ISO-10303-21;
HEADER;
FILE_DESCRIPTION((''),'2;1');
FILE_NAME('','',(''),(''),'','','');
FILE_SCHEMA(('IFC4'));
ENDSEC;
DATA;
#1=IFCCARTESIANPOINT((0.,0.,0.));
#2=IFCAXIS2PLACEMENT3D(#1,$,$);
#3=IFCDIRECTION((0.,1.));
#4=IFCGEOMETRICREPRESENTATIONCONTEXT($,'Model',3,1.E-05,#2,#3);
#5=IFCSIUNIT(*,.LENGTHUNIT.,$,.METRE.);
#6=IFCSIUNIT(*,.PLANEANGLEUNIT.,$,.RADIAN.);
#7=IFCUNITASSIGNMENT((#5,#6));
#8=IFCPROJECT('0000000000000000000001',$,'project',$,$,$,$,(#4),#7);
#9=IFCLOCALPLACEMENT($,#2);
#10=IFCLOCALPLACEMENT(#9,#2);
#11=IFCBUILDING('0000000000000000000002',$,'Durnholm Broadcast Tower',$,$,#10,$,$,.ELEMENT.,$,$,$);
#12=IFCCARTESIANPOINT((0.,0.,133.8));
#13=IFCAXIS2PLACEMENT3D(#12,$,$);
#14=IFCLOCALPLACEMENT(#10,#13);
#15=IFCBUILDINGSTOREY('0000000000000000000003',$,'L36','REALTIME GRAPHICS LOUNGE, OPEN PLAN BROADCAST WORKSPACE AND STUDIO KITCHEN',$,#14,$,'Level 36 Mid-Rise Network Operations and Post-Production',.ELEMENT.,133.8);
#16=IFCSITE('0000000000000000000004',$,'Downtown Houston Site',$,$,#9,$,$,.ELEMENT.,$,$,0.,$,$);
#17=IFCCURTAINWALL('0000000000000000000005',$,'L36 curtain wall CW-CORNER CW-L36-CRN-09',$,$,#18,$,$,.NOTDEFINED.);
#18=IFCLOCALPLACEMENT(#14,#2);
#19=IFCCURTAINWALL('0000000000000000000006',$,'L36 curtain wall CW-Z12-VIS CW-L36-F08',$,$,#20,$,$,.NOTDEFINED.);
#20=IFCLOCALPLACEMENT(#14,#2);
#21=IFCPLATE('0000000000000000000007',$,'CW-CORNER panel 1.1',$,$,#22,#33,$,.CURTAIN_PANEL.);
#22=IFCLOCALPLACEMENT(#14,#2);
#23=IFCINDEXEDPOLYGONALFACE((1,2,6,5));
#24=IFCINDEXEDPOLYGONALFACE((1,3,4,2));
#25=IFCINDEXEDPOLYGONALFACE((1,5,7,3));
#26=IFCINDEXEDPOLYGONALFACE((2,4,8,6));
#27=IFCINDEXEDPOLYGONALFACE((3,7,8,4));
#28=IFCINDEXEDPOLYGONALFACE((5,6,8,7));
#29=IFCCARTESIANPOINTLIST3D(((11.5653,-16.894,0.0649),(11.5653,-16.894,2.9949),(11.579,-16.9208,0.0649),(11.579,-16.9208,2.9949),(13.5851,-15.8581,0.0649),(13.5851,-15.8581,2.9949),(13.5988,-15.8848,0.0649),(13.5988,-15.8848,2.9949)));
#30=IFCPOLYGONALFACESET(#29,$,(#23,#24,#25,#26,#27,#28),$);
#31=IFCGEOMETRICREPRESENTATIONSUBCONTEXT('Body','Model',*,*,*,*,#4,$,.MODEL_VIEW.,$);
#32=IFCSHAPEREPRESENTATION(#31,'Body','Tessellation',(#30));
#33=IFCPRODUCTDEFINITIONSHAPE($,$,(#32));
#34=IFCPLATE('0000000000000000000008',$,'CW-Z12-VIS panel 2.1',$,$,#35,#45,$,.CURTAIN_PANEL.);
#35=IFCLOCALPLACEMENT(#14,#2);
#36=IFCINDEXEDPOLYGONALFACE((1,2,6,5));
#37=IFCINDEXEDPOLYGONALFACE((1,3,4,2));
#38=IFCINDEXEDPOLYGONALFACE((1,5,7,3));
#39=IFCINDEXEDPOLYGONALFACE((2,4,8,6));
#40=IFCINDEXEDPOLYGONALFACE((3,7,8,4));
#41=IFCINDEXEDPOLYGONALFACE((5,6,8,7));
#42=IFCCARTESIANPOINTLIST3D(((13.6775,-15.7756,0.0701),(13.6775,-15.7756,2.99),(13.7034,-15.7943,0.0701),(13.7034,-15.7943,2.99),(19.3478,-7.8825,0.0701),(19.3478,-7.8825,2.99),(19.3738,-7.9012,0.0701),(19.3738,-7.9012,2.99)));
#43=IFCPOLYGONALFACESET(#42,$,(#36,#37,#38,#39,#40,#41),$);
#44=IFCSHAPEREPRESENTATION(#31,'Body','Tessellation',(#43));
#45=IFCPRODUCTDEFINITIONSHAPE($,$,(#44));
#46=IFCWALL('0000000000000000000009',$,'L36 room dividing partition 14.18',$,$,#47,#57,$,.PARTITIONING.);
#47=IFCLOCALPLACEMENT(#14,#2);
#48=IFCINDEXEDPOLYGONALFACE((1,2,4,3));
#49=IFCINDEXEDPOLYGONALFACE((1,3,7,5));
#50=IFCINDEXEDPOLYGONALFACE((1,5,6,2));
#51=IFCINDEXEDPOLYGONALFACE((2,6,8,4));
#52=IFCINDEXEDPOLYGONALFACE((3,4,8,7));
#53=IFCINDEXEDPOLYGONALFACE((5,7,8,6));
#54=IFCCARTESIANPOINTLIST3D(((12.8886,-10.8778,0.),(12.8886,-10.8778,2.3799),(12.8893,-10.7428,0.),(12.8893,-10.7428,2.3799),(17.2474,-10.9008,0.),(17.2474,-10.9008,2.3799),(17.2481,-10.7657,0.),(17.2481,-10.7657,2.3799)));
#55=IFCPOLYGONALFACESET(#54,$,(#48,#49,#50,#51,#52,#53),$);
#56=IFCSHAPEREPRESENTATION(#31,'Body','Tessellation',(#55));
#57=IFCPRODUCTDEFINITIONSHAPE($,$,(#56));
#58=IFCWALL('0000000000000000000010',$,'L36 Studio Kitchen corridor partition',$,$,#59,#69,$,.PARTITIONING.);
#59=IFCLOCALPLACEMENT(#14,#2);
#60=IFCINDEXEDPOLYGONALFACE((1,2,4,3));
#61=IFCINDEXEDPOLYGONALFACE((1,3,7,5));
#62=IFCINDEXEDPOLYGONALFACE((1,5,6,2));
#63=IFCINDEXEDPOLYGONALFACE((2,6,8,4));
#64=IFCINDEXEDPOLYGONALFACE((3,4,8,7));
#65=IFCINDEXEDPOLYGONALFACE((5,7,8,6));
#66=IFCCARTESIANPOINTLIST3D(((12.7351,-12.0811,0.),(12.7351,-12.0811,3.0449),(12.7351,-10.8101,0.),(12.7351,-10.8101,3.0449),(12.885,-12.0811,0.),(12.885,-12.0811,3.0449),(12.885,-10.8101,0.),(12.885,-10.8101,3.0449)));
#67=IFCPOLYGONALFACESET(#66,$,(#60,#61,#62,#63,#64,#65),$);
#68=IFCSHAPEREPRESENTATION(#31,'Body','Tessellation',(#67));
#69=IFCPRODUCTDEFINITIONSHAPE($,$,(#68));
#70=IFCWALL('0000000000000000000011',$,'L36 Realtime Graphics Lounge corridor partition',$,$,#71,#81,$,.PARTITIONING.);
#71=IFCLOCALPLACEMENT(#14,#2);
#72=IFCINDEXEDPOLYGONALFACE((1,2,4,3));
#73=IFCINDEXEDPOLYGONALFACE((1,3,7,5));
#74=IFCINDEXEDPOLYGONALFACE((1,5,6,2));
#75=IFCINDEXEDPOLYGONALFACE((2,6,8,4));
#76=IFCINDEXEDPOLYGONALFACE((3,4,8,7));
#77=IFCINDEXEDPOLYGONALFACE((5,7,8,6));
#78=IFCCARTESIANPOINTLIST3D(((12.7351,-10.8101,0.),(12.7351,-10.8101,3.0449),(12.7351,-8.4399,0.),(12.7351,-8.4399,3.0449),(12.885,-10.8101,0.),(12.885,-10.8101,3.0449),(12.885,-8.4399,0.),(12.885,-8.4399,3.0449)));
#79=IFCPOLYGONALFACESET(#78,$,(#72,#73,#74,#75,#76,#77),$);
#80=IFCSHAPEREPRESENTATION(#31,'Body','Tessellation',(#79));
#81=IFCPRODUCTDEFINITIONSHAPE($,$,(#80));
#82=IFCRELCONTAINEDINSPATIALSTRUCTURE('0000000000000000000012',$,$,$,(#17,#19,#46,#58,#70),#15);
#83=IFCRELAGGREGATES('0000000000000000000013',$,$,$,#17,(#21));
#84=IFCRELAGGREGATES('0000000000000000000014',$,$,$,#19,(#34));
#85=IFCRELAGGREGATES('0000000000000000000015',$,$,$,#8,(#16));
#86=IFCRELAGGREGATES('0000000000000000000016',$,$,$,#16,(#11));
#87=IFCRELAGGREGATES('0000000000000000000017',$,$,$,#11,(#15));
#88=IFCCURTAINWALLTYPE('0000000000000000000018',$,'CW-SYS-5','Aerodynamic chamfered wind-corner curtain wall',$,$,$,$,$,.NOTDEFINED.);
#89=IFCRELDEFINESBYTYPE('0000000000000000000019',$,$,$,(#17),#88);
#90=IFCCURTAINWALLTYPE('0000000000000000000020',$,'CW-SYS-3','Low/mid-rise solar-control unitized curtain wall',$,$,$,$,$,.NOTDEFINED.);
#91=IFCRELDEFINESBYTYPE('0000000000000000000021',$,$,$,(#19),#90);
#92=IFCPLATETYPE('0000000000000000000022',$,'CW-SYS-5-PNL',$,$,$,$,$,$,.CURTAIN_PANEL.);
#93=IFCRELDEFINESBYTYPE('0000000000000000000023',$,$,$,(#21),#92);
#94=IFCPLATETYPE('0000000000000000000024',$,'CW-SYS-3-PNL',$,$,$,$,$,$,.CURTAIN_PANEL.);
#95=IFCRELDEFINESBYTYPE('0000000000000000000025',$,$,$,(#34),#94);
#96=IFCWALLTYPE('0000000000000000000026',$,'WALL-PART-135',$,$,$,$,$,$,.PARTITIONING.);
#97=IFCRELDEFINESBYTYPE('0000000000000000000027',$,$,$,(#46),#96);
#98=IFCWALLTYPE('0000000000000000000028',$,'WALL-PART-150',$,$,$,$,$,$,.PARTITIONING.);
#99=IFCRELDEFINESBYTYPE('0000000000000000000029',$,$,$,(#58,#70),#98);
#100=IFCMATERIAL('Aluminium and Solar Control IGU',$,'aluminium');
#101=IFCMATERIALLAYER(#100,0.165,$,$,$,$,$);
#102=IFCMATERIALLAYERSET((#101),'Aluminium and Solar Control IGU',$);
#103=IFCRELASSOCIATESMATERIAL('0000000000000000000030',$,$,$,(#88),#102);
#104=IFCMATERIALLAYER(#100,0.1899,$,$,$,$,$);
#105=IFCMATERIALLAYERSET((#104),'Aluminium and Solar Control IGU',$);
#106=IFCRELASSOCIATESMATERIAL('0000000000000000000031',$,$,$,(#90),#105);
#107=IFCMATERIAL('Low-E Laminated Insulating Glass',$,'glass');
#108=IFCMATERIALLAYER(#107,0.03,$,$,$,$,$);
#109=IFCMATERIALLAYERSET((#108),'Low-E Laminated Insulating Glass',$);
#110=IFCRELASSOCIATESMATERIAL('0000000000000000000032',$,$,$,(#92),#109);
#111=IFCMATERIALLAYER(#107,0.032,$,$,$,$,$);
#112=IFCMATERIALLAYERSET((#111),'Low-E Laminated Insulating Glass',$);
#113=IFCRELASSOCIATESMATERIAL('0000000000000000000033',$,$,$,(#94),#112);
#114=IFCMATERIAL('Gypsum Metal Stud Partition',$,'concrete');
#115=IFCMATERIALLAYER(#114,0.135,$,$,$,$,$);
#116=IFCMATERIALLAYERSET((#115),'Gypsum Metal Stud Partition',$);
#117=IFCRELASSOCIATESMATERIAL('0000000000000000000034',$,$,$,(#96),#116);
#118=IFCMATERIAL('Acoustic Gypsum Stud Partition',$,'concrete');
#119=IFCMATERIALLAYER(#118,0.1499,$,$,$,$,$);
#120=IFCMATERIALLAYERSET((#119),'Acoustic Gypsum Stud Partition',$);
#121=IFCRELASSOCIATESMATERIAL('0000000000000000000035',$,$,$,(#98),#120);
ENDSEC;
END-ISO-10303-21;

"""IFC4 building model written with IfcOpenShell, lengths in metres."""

from ifc_helpers import new_model, si_unit, direction, frame, frame_2d, origin, origin_2d, place, context, subcontext, project, spatial, rectangle, extrude, source, transform, mapped, material, layer, layer_set, type_object, type_shapes, element, aggregate, save


model = new_model("IFC4")

# Units and contexts
model_context = context("Model", 3, precision=1e-05, world=origin(), true_north=direction((0.0, 1.0)))
body_context = subcontext(model_context, "Body", "Model", "MODEL_VIEW")
ifc_project = project(units=[si_unit("LENGTHUNIT", "METRE"), si_unit("PLANEANGLEUNIT", "RADIAN")], contexts=[model_context])

# Site, building, storey
site_placement = place(None, origin())
site = spatial("IfcSite", under=ifc_project, at=site_placement, Name="Downtown Houston Site", CompositionType="ELEMENT", RefElevation=0.0)
building_placement = place(site_placement, origin())
building = spatial("IfcBuilding", under=site, at=building_placement, Name="Durnholm Broadcast Tower", CompositionType="ELEMENT")
storey_placement = place(building_placement, frame((0.0, 0.0, 133.8)))
storey = spatial("IfcBuildingStorey", under=building, at=storey_placement, Name="L36", Description="REALTIME GRAPHICS LOUNGE, OPEN PLAN BROADCAST WORKSPACE AND STUDIO KITCHEN", LongName="Level 36 Mid-Rise Network Operations and Post-Production", CompositionType="ELEMENT", Elevation=133.8)

# Curtain wall
ifc_material_1 = material(Name="Aluminium and Solar Control IGU", Category="aluminium")
ifc_layer_1 = layer(ifc_material_1, 0.165)
ifc_layer_set_1 = layer_set([ifc_layer_1], Name="Aluminium and Solar Control IGU")
curtain_wall_type_1 = type_object("IfcCurtainWallType", Name="CW-SYS-5", Description="Aerodynamic chamfered wind-corner curtain wall", PredefinedType="NOTDEFINED", material=ifc_layer_set_1)
curtain_wall_1_placement = place(storey_placement, origin())
curtain_wall_1 = element("IfcCurtainWall", 1, at=curtain_wall_1_placement, inside=storey, type_object=curtain_wall_type_1, Name="L36 curtain wall CW-CORNER CW-L36-CRN-09", PredefinedType="NOTDEFINED")

# Curtain wall
ifc_layer_2 = layer(ifc_material_1, 0.1899)
ifc_layer_set_2 = layer_set([ifc_layer_2], Name="Aluminium and Solar Control IGU")
curtain_wall_type_2 = type_object("IfcCurtainWallType", Name="CW-SYS-3", Description="Low/mid-rise solar-control unitized curtain wall", PredefinedType="NOTDEFINED", material=ifc_layer_set_2)
curtain_wall_2_placement = place(storey_placement, origin())
curtain_wall_2 = element("IfcCurtainWall", 2, at=curtain_wall_2_placement, inside=storey, type_object=curtain_wall_type_2, Name="L36 curtain wall CW-Z12-VIS CW-L36-F08", PredefinedType="NOTDEFINED")

# Plates
ifc_material_2 = material(Name="Low-E Laminated Insulating Glass", Category="glass")
ifc_layer_3 = layer(ifc_material_2, 0.03)
ifc_layer_set_3 = layer_set([ifc_layer_3], Name="Low-E Laminated Insulating Glass")
plate_type_1 = type_object("IfcPlateType", Name="CW-SYS-5-PNL", PredefinedType="CURTAIN_PANEL", material=ifc_layer_set_3)
shared_shape_1 = source(origin(), body_context, "Body", "SweptSolid", [
    extrude(rectangle(XDim=2.27, YDim=0.03, at=origin_2d()), origin(), (0.0, 0.0, 1.0), 2.9299),
])
type_shapes(plate_type_1, [shared_shape_1])
plate_1_placement = place(storey_placement, frame((12.582, -16.3894, 0.0649), z_axis=(0.0, 0.0, 1.0), x_axis=(-0.889788, -0.456373, 0.0)))
plate_1 = element("IfcPlate", 3, at=plate_1_placement, type_object=plate_type_1, Name="CW-CORNER panel 1.1", PredefinedType="CURTAIN_PANEL", context=body_context, shape_type="MappedRepresentation", body=[
    mapped(shared_shape_1, transform((0.0, 0.0, 0.0), x_axis=(1.0, 0.0, 0.0), y_axis=(0.0, 1.0, 0.0), z_axis=(0.0, 0.0, 1.0), scale=1.0)),
])
aggregate(curtain_wall_1, [plate_1])
ifc_layer_4 = layer(ifc_material_2, 0.032)
ifc_layer_set_4 = layer_set([ifc_layer_4], Name="Low-E Laminated Insulating Glass")
plate_type_2 = type_object("IfcPlateType", Name="CW-SYS-3-PNL", PredefinedType="CURTAIN_PANEL", material=ifc_layer_set_4)
shared_shape_2 = source(origin(), body_context, "Body", "SweptSolid", [
    extrude(rectangle(XDim=9.7188, YDim=0.032, at=origin_2d()), origin(), (0.0, 0.0, 1.0), 2.9199),
])
type_shapes(plate_type_2, [shared_shape_2])
plate_2_placement = place(storey_placement, frame((16.5256, -11.8384, 0.0701), z_axis=(0.0, 0.0, 1.0), x_axis=(-0.583445, -0.812152, 0.0)))
plate_2 = element("IfcPlate", 4, at=plate_2_placement, type_object=plate_type_2, Name="CW-Z12-VIS panel 2.1", PredefinedType="CURTAIN_PANEL", context=body_context, shape_type="MappedRepresentation", body=[
    mapped(shared_shape_2, transform((0.0, 0.0, 0.0), x_axis=(1.0, 0.0, 0.0), y_axis=(0.0, 1.0, 0.0), z_axis=(0.0, 0.0, 1.0), scale=1.0)),
])
aggregate(curtain_wall_2, [plate_2])

# Walls
ifc_material_3 = material(Name="Gypsum Metal Stud Partition", Category="concrete")
ifc_layer_5 = layer(ifc_material_3, 0.135)
ifc_layer_set_5 = layer_set([ifc_layer_5], Name="Gypsum Metal Stud Partition")
wall_type_1 = type_object("IfcWallType", Name="WALL-PART-135", PredefinedType="PARTITIONING", material=ifc_layer_set_5)
wall_1_placement = place(storey_placement, frame((12.8889, -10.8103, 0.0), z_axis=(0.0, 0.0, 1.0), x_axis=(0.999986, -0.005265, 0.0)))
element("IfcWall", 5, at=wall_1_placement, inside=storey, type_object=wall_type_1, Name="L36 room dividing partition 14.18", PredefinedType="PARTITIONING", context=body_context, shape_type="SweptSolid", body=[
    extrude(rectangle(XDim=4.3589, YDim=0.135, at=frame_2d((2.1794, 0.0))), origin(), (0.0, 0.0, 1.0), 2.3799),
])
ifc_material_4 = material(Name="Acoustic Gypsum Stud Partition", Category="concrete")
ifc_layer_6 = layer(ifc_material_4, 0.1499)
ifc_layer_set_6 = layer_set([ifc_layer_6], Name="Acoustic Gypsum Stud Partition")
wall_type_2 = type_object("IfcWallType", Name="WALL-PART-150", PredefinedType="PARTITIONING", material=ifc_layer_set_6)
wall_2_placement = place(storey_placement, frame((12.8101, -12.0811, 0.0), z_axis=(0.0, 0.0, 1.0), x_axis=(0.0, 1.0, 0.0)))
element("IfcWall", 6, at=wall_2_placement, inside=storey, type_object=wall_type_2, Name="L36 Studio Kitchen corridor partition", PredefinedType="PARTITIONING", context=body_context, shape_type="SweptSolid", body=[
    extrude(rectangle(XDim=1.271, YDim=0.1499, at=frame_2d((0.6355, 0.0))), origin(), (0.0, 0.0, 1.0), 3.0449),
])
wall_3_placement = place(storey_placement, frame((12.8101, -10.8101, 0.0), z_axis=(0.0, 0.0, 1.0), x_axis=(0.0, 1.0, 0.0)))
element("IfcWall", 7, at=wall_3_placement, inside=storey, type_object=wall_type_2, Name="L36 Realtime Graphics Lounge corridor partition", PredefinedType="PARTITIONING", context=body_context, shape_type="SweptSolid", body=[
    extrude(rectangle(XDim=2.3701, YDim=0.1499, at=frame_2d((1.1851, 0.0))), origin(), (0.0, 0.0, 1.0), 3.0449),
])

save(model, "model.ifc")
